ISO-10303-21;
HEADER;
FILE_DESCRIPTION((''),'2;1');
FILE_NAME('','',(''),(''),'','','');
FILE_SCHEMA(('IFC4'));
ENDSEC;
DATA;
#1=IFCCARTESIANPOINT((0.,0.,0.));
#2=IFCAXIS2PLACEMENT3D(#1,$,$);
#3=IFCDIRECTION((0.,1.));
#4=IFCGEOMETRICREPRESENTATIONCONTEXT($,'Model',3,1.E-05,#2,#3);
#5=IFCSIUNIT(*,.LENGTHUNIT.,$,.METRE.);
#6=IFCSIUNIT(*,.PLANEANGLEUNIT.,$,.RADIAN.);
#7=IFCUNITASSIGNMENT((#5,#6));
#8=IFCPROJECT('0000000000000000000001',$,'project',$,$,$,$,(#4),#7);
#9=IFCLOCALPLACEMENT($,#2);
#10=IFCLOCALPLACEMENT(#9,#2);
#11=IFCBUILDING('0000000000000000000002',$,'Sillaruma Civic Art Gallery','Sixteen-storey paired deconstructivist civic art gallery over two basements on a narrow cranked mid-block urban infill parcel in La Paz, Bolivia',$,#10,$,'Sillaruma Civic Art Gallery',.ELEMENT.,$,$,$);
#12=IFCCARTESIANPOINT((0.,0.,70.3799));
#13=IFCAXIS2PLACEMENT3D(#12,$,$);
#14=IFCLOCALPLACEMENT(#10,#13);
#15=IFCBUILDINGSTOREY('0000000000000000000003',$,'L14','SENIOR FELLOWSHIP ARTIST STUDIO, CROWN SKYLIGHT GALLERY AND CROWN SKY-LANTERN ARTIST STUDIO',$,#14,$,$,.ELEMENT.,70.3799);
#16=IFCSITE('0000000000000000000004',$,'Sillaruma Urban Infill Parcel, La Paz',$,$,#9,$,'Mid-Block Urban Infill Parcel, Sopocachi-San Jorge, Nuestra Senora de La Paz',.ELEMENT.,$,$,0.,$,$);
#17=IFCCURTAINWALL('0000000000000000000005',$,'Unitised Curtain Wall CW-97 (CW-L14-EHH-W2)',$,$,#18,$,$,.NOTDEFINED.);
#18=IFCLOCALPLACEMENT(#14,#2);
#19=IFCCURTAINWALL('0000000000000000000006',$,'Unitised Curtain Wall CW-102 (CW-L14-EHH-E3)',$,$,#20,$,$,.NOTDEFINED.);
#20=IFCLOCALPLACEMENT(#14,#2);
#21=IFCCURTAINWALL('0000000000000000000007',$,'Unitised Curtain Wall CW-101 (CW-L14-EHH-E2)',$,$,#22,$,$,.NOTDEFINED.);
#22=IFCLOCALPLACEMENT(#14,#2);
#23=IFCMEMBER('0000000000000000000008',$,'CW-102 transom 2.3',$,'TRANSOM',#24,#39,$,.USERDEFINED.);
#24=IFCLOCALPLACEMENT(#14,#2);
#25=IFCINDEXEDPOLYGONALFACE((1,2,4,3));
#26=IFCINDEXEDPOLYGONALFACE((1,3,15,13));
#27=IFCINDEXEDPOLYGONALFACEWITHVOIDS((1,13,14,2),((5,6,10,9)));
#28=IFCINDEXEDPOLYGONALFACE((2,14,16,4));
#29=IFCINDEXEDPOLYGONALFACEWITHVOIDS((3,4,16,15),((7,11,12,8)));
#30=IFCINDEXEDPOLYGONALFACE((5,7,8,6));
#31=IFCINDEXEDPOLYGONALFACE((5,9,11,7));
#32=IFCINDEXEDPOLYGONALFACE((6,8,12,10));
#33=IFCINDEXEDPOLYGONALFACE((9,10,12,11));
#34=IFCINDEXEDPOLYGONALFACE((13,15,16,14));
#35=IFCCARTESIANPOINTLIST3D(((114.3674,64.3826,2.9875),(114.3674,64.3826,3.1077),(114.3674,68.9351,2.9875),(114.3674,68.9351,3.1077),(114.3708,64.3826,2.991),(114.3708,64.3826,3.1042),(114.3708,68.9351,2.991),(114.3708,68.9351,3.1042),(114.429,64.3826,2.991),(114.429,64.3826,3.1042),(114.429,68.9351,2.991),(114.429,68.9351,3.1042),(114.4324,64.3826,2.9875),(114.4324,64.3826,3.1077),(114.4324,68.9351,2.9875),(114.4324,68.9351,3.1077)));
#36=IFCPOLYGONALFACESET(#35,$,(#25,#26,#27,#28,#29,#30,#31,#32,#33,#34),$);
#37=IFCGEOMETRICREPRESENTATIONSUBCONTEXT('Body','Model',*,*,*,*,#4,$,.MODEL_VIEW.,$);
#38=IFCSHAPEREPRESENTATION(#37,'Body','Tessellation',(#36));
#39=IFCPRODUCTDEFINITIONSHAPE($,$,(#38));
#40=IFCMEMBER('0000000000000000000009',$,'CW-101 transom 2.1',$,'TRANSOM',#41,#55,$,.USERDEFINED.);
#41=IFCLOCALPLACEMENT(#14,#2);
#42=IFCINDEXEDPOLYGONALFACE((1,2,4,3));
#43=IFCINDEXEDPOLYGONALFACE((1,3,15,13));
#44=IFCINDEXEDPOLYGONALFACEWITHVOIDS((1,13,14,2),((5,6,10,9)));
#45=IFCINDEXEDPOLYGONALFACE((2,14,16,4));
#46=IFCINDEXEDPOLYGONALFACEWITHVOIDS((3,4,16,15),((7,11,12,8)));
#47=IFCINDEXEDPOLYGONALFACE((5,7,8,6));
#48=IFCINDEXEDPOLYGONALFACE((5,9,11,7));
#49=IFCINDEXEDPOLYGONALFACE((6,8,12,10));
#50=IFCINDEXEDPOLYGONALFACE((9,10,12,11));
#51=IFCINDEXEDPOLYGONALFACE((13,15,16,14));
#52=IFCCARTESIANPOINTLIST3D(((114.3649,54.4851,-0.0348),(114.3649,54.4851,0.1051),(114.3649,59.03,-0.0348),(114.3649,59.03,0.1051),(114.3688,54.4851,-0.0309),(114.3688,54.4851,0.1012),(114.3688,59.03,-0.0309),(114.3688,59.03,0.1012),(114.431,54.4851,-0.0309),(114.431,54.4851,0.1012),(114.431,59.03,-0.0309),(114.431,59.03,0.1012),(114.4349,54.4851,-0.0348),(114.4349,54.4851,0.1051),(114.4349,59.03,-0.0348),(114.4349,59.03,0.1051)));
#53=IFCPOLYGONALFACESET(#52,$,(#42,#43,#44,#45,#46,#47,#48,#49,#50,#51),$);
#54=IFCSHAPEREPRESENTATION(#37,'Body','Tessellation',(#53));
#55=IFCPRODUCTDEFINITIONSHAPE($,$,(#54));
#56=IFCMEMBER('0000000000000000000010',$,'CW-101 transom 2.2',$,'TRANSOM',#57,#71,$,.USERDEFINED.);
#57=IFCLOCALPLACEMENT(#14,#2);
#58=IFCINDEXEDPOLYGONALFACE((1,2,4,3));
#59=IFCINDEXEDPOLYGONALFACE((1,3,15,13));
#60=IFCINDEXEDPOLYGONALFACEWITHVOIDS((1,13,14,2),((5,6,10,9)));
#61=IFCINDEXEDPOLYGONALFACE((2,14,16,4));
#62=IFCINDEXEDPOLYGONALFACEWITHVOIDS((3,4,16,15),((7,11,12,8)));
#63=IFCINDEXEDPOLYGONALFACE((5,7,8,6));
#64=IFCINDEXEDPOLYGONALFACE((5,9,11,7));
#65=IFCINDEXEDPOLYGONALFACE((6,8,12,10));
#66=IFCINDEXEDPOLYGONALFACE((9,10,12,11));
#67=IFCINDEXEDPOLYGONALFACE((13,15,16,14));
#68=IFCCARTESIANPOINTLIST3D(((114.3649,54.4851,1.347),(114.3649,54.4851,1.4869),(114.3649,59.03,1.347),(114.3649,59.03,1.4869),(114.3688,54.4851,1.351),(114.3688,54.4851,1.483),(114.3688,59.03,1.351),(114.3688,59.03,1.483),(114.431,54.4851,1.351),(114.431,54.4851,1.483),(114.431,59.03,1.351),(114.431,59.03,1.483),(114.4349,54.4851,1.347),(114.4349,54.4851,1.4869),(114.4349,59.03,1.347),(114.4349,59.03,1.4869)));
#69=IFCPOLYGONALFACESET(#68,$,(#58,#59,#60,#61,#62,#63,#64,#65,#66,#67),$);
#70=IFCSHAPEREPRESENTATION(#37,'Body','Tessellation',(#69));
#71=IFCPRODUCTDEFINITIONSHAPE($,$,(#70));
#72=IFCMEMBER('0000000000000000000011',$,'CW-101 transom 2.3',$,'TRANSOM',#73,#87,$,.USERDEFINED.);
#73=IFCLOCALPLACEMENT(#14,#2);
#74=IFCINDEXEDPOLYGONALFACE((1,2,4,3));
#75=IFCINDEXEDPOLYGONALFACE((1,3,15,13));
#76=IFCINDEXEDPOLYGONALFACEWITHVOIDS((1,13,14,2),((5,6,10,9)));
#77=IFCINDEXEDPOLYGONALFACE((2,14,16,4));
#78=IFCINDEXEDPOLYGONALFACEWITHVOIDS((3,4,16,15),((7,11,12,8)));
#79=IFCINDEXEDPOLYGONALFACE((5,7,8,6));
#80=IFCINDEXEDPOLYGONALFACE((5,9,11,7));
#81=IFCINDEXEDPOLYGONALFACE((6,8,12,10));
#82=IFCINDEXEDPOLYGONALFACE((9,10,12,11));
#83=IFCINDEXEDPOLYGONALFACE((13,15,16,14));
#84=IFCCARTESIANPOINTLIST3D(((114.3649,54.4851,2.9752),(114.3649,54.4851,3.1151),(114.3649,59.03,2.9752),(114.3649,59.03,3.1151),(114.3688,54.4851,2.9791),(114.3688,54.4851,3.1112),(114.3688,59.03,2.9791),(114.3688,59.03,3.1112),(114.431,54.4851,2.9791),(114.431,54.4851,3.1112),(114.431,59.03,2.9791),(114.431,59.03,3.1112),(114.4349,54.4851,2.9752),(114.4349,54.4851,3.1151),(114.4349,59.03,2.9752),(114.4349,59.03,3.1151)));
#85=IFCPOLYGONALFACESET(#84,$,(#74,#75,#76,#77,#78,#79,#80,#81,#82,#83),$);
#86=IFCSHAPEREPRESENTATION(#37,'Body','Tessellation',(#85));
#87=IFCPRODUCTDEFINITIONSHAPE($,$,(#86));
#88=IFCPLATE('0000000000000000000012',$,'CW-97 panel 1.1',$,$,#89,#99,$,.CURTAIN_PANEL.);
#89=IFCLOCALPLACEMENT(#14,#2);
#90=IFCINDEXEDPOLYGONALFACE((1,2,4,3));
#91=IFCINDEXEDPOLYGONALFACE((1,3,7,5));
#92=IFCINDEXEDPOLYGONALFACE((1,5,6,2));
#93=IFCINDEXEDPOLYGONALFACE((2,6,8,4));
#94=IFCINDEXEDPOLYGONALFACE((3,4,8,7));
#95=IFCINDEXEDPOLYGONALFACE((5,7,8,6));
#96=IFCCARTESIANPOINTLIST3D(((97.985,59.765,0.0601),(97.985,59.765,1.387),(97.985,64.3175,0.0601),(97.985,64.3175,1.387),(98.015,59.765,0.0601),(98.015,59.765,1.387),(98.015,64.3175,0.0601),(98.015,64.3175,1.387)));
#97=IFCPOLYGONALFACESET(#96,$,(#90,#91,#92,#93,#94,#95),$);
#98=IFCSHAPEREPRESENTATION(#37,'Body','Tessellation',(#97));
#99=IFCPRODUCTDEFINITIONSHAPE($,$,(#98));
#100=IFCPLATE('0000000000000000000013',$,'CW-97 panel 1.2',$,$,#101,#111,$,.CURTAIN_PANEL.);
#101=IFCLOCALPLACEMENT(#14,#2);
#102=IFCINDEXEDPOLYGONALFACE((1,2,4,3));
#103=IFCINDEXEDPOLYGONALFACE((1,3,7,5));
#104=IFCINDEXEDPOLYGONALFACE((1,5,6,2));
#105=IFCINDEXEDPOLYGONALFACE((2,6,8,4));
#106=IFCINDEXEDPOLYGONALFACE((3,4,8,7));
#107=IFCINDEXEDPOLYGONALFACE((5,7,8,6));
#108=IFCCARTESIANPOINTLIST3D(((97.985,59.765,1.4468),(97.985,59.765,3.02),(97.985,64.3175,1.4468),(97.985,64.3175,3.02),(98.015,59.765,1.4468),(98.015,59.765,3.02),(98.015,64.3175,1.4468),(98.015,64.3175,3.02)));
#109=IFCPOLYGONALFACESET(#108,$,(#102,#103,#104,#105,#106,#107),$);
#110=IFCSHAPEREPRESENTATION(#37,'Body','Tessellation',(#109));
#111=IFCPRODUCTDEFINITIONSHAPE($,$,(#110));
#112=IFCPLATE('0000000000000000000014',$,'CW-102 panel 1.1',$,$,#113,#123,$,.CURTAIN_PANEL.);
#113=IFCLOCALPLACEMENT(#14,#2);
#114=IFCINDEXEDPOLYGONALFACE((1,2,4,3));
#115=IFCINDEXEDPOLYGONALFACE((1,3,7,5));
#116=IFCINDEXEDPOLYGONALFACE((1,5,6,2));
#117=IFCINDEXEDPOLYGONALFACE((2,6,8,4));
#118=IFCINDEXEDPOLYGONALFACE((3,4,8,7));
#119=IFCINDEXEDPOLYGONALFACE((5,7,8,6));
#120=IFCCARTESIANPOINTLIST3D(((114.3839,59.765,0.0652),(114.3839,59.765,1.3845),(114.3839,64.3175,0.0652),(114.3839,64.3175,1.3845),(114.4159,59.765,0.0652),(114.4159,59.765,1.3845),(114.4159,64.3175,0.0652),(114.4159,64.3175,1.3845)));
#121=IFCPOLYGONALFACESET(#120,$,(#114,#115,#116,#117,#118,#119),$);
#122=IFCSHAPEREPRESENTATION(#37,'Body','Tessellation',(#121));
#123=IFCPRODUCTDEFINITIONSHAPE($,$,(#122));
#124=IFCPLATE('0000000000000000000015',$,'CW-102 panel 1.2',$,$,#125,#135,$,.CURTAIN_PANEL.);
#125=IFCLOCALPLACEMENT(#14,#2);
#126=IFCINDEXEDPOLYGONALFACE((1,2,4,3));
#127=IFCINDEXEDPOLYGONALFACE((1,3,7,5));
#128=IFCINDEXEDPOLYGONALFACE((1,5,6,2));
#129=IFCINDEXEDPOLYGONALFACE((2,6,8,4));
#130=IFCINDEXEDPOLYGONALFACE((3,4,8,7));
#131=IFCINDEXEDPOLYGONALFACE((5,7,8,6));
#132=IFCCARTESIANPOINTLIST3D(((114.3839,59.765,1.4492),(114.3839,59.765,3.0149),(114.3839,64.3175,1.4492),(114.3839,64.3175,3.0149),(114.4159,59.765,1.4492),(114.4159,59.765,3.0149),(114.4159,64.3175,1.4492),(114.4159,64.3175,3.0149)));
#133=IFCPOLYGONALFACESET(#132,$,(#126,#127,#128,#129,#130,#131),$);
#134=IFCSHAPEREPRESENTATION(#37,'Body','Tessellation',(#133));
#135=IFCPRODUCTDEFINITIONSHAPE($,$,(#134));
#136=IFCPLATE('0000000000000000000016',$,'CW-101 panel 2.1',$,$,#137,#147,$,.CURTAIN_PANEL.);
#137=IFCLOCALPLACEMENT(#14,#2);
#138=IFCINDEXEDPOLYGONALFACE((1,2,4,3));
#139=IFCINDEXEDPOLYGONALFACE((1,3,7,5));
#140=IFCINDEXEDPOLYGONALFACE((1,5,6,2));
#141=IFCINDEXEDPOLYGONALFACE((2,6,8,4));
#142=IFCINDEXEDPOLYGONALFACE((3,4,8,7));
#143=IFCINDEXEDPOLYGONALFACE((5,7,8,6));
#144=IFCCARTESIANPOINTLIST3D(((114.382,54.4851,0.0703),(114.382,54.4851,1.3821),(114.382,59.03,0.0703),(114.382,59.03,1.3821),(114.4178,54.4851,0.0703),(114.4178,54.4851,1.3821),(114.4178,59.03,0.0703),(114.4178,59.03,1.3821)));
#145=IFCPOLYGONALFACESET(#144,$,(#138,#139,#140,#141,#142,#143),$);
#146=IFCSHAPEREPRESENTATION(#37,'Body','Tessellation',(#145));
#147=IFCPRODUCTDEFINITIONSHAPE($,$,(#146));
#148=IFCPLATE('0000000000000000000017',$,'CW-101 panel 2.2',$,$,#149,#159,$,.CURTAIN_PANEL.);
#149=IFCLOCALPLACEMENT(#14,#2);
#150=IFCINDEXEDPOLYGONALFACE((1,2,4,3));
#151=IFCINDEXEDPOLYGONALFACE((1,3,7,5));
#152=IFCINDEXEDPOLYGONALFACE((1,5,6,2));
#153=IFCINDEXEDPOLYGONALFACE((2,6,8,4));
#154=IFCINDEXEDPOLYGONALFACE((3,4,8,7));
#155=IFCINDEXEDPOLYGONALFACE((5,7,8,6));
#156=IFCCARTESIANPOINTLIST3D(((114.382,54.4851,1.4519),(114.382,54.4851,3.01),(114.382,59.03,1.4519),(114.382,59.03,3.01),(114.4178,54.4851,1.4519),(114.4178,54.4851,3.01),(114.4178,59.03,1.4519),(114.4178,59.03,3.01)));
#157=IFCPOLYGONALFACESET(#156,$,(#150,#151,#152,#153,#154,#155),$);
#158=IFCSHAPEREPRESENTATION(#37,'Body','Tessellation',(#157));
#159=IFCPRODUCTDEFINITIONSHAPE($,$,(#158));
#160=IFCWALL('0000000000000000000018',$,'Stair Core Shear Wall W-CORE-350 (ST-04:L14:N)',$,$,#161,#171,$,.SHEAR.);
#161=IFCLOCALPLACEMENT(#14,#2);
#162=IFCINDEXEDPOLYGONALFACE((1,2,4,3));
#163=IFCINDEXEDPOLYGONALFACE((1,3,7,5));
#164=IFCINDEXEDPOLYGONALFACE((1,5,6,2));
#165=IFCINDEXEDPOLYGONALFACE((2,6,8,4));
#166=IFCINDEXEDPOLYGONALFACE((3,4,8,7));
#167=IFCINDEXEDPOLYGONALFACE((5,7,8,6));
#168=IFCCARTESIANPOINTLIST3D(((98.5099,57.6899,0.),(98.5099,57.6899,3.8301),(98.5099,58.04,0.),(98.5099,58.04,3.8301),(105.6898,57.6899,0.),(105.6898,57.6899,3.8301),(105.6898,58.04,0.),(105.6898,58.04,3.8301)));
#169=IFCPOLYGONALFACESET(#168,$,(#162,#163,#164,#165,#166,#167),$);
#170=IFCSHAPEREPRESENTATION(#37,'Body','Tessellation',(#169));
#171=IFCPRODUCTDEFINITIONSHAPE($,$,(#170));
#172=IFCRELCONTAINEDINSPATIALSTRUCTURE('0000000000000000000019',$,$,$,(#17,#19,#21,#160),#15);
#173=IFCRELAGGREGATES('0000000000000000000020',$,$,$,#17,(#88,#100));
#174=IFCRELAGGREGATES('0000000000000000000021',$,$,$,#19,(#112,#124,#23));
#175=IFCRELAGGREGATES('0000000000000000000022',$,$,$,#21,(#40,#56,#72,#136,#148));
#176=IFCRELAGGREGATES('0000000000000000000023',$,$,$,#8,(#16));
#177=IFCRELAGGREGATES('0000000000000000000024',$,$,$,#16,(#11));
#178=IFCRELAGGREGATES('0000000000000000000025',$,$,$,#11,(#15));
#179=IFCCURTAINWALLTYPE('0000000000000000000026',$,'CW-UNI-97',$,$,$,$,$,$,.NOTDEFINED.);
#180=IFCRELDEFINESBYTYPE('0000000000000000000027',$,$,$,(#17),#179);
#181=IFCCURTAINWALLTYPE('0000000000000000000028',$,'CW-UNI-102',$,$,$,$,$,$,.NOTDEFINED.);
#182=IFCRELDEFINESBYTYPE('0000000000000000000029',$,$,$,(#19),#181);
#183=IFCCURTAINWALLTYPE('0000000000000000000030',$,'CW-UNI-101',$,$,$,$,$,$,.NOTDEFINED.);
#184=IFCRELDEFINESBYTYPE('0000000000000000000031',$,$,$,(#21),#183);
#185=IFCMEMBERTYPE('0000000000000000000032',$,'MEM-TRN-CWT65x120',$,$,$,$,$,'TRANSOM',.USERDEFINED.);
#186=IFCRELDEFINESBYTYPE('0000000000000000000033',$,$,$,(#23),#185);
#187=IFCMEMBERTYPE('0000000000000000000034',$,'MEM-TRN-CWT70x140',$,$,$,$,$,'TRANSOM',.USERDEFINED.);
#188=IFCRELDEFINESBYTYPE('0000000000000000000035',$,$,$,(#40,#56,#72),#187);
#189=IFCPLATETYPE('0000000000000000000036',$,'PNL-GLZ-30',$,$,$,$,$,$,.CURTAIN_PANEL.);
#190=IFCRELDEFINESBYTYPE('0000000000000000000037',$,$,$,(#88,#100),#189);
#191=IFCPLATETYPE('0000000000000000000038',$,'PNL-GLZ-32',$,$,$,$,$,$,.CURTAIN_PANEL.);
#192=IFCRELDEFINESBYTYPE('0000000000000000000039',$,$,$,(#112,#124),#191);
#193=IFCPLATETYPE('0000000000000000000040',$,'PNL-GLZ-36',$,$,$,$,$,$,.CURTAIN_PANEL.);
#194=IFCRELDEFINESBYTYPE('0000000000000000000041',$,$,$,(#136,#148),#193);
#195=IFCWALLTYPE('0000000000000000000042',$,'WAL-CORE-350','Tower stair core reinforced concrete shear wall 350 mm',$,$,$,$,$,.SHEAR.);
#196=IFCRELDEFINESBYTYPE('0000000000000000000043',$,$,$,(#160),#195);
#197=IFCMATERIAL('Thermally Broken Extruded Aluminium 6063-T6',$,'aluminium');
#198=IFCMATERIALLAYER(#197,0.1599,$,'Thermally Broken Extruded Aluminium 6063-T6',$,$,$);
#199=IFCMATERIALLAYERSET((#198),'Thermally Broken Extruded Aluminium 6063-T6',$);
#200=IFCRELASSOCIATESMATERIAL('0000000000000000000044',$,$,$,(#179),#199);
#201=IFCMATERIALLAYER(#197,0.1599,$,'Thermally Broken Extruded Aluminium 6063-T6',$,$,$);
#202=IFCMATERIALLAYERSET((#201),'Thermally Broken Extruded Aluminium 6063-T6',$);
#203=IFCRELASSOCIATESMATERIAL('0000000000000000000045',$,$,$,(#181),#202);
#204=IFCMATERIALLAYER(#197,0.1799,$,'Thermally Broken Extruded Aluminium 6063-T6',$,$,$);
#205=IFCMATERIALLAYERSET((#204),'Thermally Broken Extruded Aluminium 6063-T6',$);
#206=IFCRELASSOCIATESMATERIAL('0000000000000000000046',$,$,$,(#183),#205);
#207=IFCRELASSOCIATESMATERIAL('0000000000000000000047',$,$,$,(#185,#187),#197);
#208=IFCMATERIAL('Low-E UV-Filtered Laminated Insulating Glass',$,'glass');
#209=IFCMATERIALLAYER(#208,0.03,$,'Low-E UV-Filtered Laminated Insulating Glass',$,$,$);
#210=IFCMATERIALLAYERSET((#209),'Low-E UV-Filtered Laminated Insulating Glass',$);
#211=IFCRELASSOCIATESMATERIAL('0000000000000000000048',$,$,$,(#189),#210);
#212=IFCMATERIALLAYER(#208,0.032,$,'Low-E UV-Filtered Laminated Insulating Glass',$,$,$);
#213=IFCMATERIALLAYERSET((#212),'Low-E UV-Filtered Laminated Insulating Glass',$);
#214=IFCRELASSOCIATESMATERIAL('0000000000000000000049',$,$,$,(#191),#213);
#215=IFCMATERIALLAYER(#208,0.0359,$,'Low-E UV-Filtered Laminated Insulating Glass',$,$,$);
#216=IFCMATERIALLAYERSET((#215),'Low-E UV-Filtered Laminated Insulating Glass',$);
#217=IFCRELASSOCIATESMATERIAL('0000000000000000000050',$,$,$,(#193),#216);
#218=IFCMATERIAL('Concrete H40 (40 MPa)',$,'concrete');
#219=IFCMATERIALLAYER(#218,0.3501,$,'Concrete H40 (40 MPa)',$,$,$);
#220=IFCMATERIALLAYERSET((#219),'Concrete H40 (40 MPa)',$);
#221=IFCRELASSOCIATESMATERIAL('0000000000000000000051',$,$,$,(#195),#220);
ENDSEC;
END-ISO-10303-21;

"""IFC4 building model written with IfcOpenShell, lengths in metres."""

from ifc_helpers import new_model, si_unit, direction, frame, frame_2d, origin, origin_2d, place, context, subcontext, project, spatial, rectangle, hollow_rectangle, extrude, material, layer, layer_set, material_profile, profile_set, type_object, element, aggregate, save


model = new_model("IFC4")

# Units and contexts
model_context = context("Model", 3, precision=1e-05, world=origin(), true_north=direction((0.0, 1.0)))
body_context = subcontext(model_context, "Body", "Model", "MODEL_VIEW")
ifc_project = project(units=[si_unit("LENGTHUNIT", "METRE"), si_unit("PLANEANGLEUNIT", "RADIAN")], contexts=[model_context])

# Site, building, storey
site_placement = place(None, origin())
site = spatial("IfcSite", under=ifc_project, at=site_placement, Name="Sillaruma Urban Infill Parcel, La Paz", LongName="Mid-Block Urban Infill Parcel, Sopocachi-San Jorge, Nuestra Senora de La Paz", CompositionType="ELEMENT", RefElevation=0.0)
building_placement = place(site_placement, origin())
building = spatial("IfcBuilding", under=site, at=building_placement, Name="Sillaruma Civic Art Gallery", Description="Sixteen-storey paired deconstructivist civic art gallery over two basements on a narrow cranked mid-block urban infill parcel in La Paz, Bolivia", LongName="Sillaruma Civic Art Gallery", CompositionType="ELEMENT")
storey_placement = place(building_placement, frame((0.0, 0.0, 70.3799)))
storey = spatial("IfcBuildingStorey", under=building, at=storey_placement, Name="L14", Description="SENIOR FELLOWSHIP ARTIST STUDIO, CROWN SKYLIGHT GALLERY AND CROWN SKY-LANTERN ARTIST STUDIO", CompositionType="ELEMENT", Elevation=70.3799)

# Shared definitions
ifc_material_1 = material(Name="Concrete H40 (40 MPa)", Category="concrete")

# Curtain walls
ifc_material_2 = material(Name="Thermally Broken Extruded Aluminium 6063-T6", Category="aluminium")
ifc_layer_1 = layer(ifc_material_2, 0.1599, Name="Thermally Broken Extruded Aluminium 6063-T6")
ifc_layer_set_1 = layer_set([ifc_layer_1], Name="Thermally Broken Extruded Aluminium 6063-T6")
curtain_wall_type_1 = type_object("IfcCurtainWallType", Name="CW-UNI-97", PredefinedType="NOTDEFINED", material=ifc_layer_set_1)
curtain_wall_1_placement = place(storey_placement, origin())
curtain_wall_1 = element("IfcCurtainWall", 1, at=curtain_wall_1_placement, inside=storey, type_object=curtain_wall_type_1, Name="Unitised Curtain Wall CW-97 (CW-L14-EHH-W2)", PredefinedType="NOTDEFINED")
ifc_layer_2 = layer(ifc_material_2, 0.1599, Name="Thermally Broken Extruded Aluminium 6063-T6")
ifc_layer_set_2 = layer_set([ifc_layer_2], Name="Thermally Broken Extruded Aluminium 6063-T6")
curtain_wall_type_2 = type_object("IfcCurtainWallType", Name="CW-UNI-102", PredefinedType="NOTDEFINED", material=ifc_layer_set_2)
curtain_wall_2_placement = place(storey_placement, origin())
curtain_wall_2 = element("IfcCurtainWall", 2, at=curtain_wall_2_placement, inside=storey, type_object=curtain_wall_type_2, Name="Unitised Curtain Wall CW-102 (CW-L14-EHH-E3)", PredefinedType="NOTDEFINED")
ifc_layer_3 = layer(ifc_material_2, 0.1799, Name="Thermally Broken Extruded Aluminium 6063-T6")
ifc_layer_set_3 = layer_set([ifc_layer_3], Name="Thermally Broken Extruded Aluminium 6063-T6")
curtain_wall_type_3 = type_object("IfcCurtainWallType", Name="CW-UNI-101", PredefinedType="NOTDEFINED", material=ifc_layer_set_3)
curtain_wall_3_placement = place(storey_placement, origin())
curtain_wall_3 = element("IfcCurtainWall", 3, at=curtain_wall_3_placement, inside=storey, type_object=curtain_wall_type_3, Name="Unitised Curtain Wall CW-101 (CW-L14-EHH-E2)", PredefinedType="NOTDEFINED")

# Members
ifc_material_profile_1 = material_profile(ifc_material_2, hollow_rectangle(XDim=0.0649, YDim=0.1201, WallThickness=0.0034, at=origin_2d()), Name="CWT65x120")
ifc_profile_set_1 = profile_set([ifc_material_profile_1], Name="Thermally Broken Extruded Aluminium 6063-T6")
member_type_1 = type_object("IfcMemberType", Name="MEM-TRN-CWT65x120", ElementType="TRANSOM", PredefinedType="USERDEFINED", material=ifc_profile_set_1)
member_1_placement = place(storey_placement, frame((114.3999, 64.3826, 3.0476), z_axis=(0.0, 1.0, 0.0), x_axis=(-1.0, 0.0, 0.0)))
member_1 = element("IfcMember", 4, at=member_1_placement, type_object=member_type_1, Name="CW-102 transom 2.3", ObjectType="TRANSOM", PredefinedType="USERDEFINED", context=body_context, shape_type="SweptSolid", body=[
    extrude(hollow_rectangle(XDim=0.0649, YDim=0.1201, WallThickness=0.0034, at=origin_2d()), origin(), (0.0, 0.0, 1.0), 4.5525),
])
ifc_material_profile_2 = material_profile(ifc_material_2, hollow_rectangle(XDim=0.0701, YDim=0.1399, WallThickness=0.0039, at=origin_2d()), Name="CWT70x140")
ifc_profile_set_2 = profile_set([ifc_material_profile_2], Name="Thermally Broken Extruded Aluminium 6063-T6")
member_type_2 = type_object("IfcMemberType", Name="MEM-TRN-CWT70x140", ElementType="TRANSOM", PredefinedType="USERDEFINED", material=ifc_profile_set_2)
member_2_placement = place(storey_placement, frame((114.3999, 54.4851, 0.0352), z_axis=(0.0, 1.0, 0.0), x_axis=(-1.0, 0.0, 0.0)))
member_2 = element("IfcMember", 5, at=member_2_placement, type_object=member_type_2, Name="CW-101 transom 2.1", ObjectType="TRANSOM", PredefinedType="USERDEFINED", context=body_context, shape_type="SweptSolid", body=[
    extrude(hollow_rectangle(XDim=0.0701, YDim=0.1399, WallThickness=0.0039, at=origin_2d()), origin(), (0.0, 0.0, 1.0), 4.5449),
])
member_3_placement = place(storey_placement, frame((114.3999, 54.4851, 1.417), z_axis=(0.0, 1.0, 0.0), x_axis=(-1.0, 0.0, 0.0)))
member_3 = element("IfcMember", 6, at=member_3_placement, type_object=member_type_2, Name="CW-101 transom 2.2", ObjectType="TRANSOM", PredefinedType="USERDEFINED", context=body_context, shape_type="SweptSolid", body=[
    extrude(hollow_rectangle(XDim=0.0701, YDim=0.1399, WallThickness=0.0039, at=origin_2d()), origin(), (0.0, 0.0, 1.0), 4.5449),
])
member_4_placement = place(storey_placement, frame((114.3999, 54.4851, 3.0452), z_axis=(0.0, 1.0, 0.0), x_axis=(-1.0, 0.0, 0.0)))
member_4 = element("IfcMember", 7, at=member_4_placement, type_object=member_type_2, Name="CW-101 transom 2.3", ObjectType="TRANSOM", PredefinedType="USERDEFINED", context=body_context, shape_type="SweptSolid", body=[
    extrude(hollow_rectangle(XDim=0.0701, YDim=0.1399, WallThickness=0.0039, at=origin_2d()), origin(), (0.0, 0.0, 1.0), 4.5449),
])

# Plates
ifc_material_3 = material(Name="Low-E UV-Filtered Laminated Insulating Glass", Category="glass")
ifc_layer_4 = layer(ifc_material_3, 0.03, Name="Low-E UV-Filtered Laminated Insulating Glass")
ifc_layer_set_4 = layer_set([ifc_layer_4], Name="Low-E UV-Filtered Laminated Insulating Glass")
plate_type_1 = type_object("IfcPlateType", Name="PNL-GLZ-30", PredefinedType="CURTAIN_PANEL", material=ifc_layer_set_4)
plate_1_placement = place(storey_placement, frame((98.0, 62.0413, 0.0601), z_axis=(0.0, 0.0, 1.0), x_axis=(0.0, 1.0, 0.0)))
plate_1 = element("IfcPlate", 8, at=plate_1_placement, type_object=plate_type_1, Name="CW-97 panel 1.1", PredefinedType="CURTAIN_PANEL", context=body_context, shape_type="SweptSolid", body=[
    extrude(rectangle(XDim=4.5525, YDim=0.03, at=origin_2d()), origin(), (0.0, 0.0, 1.0), 1.3269),
])
plate_2_placement = place(storey_placement, frame((98.0, 62.0413, 1.4468), z_axis=(0.0, 0.0, 1.0), x_axis=(0.0, 1.0, 0.0)))
plate_2 = element("IfcPlate", 9, at=plate_2_placement, type_object=plate_type_1, Name="CW-97 panel 1.2", PredefinedType="CURTAIN_PANEL", context=body_context, shape_type="SweptSolid", body=[
    extrude(rectangle(XDim=4.5525, YDim=0.03, at=origin_2d()), origin(), (0.0, 0.0, 1.0), 1.5732),
])
aggregate(curtain_wall_1, [plate_1, plate_2])
ifc_layer_5 = layer(ifc_material_3, 0.032, Name="Low-E UV-Filtered Laminated Insulating Glass")
ifc_layer_set_5 = layer_set([ifc_layer_5], Name="Low-E UV-Filtered Laminated Insulating Glass")
plate_type_2 = type_object("IfcPlateType", Name="PNL-GLZ-32", PredefinedType="CURTAIN_PANEL", material=ifc_layer_set_5)
plate_3_placement = place(storey_placement, frame((114.3999, 62.0413, 0.0652), z_axis=(0.0, 0.0, 1.0), x_axis=(0.0, 1.0, 0.0)))
plate_3 = element("IfcPlate", 10, at=plate_3_placement, type_object=plate_type_2, Name="CW-102 panel 1.1", PredefinedType="CURTAIN_PANEL", context=body_context, shape_type="SweptSolid", body=[
    extrude(rectangle(XDim=4.5525, YDim=0.032, at=origin_2d()), origin(), (0.0, 0.0, 1.0), 1.3193),
])
plate_4_placement = place(storey_placement, frame((114.3999, 62.0413, 1.4492), z_axis=(0.0, 0.0, 1.0), x_axis=(0.0, 1.0, 0.0)))
plate_4 = element("IfcPlate", 11, at=plate_4_placement, type_object=plate_type_2, Name="CW-102 panel 1.2", PredefinedType="CURTAIN_PANEL", context=body_context, shape_type="SweptSolid", body=[
    extrude(rectangle(XDim=4.5525, YDim=0.032, at=origin_2d()), origin(), (0.0, 0.0, 1.0), 1.5657),
])
aggregate(curtain_wall_2, [plate_3, plate_4, member_1])
ifc_layer_6 = layer(ifc_material_3, 0.0359, Name="Low-E UV-Filtered Laminated Insulating Glass")
ifc_layer_set_6 = layer_set([ifc_layer_6], Name="Low-E UV-Filtered Laminated Insulating Glass")
plate_type_3 = type_object("IfcPlateType", Name="PNL-GLZ-36", PredefinedType="CURTAIN_PANEL", material=ifc_layer_set_6)
plate_5_placement = place(storey_placement, frame((114.3999, 56.7576, 0.0703), z_axis=(0.0, 0.0, 1.0), x_axis=(0.0, 1.0, 0.0)))
plate_5 = element("IfcPlate", 12, at=plate_5_placement, type_object=plate_type_3, Name="CW-101 panel 2.1", PredefinedType="CURTAIN_PANEL", context=body_context, shape_type="SweptSolid", body=[
    extrude(rectangle(XDim=4.5449, YDim=0.0359, at=origin_2d()), origin(), (0.0, 0.0, 1.0), 1.3118),
])
plate_6_placement = place(storey_placement, frame((114.3999, 56.7576, 1.4519), z_axis=(0.0, 0.0, 1.0), x_axis=(0.0, 1.0, 0.0)))
plate_6 = element("IfcPlate", 13, at=plate_6_placement, type_object=plate_type_3, Name="CW-101 panel 2.2", PredefinedType="CURTAIN_PANEL", context=body_context, shape_type="SweptSolid", body=[
    extrude(rectangle(XDim=4.5449, YDim=0.0359, at=origin_2d()), origin(), (0.0, 0.0, 1.0), 1.5581),
])
aggregate(curtain_wall_3, [member_2, member_3, member_4, plate_5, plate_6])

# Wall
ifc_layer_7 = layer(ifc_material_1, 0.3501, Name="Concrete H40 (40 MPa)")
ifc_layer_set_7 = layer_set([ifc_layer_7], Name="Concrete H40 (40 MPa)")
wall_type = type_object("IfcWallType", Name="WAL-CORE-350", Description="Tower stair core reinforced concrete shear wall 350 mm", PredefinedType="SHEAR", material=ifc_layer_set_7)
wall_placement = place(storey_placement, frame((98.51, 57.865, 0.0), z_axis=(0.0, 0.0, 1.0), x_axis=(1.0, 0.0, 0.0)))
element("IfcWall", 14, at=wall_placement, inside=storey, type_object=wall_type, Name="Stair Core Shear Wall W-CORE-350 (ST-04:L14:N)", PredefinedType="SHEAR", context=body_context, shape_type="SweptSolid", body=[
    extrude(rectangle(XDim=7.1799, YDim=0.3501, at=frame_2d((3.5898, 0.0))), origin(), (0.0, 0.0, 1.0), 3.8301),
])

save(model, "model.ifc")
